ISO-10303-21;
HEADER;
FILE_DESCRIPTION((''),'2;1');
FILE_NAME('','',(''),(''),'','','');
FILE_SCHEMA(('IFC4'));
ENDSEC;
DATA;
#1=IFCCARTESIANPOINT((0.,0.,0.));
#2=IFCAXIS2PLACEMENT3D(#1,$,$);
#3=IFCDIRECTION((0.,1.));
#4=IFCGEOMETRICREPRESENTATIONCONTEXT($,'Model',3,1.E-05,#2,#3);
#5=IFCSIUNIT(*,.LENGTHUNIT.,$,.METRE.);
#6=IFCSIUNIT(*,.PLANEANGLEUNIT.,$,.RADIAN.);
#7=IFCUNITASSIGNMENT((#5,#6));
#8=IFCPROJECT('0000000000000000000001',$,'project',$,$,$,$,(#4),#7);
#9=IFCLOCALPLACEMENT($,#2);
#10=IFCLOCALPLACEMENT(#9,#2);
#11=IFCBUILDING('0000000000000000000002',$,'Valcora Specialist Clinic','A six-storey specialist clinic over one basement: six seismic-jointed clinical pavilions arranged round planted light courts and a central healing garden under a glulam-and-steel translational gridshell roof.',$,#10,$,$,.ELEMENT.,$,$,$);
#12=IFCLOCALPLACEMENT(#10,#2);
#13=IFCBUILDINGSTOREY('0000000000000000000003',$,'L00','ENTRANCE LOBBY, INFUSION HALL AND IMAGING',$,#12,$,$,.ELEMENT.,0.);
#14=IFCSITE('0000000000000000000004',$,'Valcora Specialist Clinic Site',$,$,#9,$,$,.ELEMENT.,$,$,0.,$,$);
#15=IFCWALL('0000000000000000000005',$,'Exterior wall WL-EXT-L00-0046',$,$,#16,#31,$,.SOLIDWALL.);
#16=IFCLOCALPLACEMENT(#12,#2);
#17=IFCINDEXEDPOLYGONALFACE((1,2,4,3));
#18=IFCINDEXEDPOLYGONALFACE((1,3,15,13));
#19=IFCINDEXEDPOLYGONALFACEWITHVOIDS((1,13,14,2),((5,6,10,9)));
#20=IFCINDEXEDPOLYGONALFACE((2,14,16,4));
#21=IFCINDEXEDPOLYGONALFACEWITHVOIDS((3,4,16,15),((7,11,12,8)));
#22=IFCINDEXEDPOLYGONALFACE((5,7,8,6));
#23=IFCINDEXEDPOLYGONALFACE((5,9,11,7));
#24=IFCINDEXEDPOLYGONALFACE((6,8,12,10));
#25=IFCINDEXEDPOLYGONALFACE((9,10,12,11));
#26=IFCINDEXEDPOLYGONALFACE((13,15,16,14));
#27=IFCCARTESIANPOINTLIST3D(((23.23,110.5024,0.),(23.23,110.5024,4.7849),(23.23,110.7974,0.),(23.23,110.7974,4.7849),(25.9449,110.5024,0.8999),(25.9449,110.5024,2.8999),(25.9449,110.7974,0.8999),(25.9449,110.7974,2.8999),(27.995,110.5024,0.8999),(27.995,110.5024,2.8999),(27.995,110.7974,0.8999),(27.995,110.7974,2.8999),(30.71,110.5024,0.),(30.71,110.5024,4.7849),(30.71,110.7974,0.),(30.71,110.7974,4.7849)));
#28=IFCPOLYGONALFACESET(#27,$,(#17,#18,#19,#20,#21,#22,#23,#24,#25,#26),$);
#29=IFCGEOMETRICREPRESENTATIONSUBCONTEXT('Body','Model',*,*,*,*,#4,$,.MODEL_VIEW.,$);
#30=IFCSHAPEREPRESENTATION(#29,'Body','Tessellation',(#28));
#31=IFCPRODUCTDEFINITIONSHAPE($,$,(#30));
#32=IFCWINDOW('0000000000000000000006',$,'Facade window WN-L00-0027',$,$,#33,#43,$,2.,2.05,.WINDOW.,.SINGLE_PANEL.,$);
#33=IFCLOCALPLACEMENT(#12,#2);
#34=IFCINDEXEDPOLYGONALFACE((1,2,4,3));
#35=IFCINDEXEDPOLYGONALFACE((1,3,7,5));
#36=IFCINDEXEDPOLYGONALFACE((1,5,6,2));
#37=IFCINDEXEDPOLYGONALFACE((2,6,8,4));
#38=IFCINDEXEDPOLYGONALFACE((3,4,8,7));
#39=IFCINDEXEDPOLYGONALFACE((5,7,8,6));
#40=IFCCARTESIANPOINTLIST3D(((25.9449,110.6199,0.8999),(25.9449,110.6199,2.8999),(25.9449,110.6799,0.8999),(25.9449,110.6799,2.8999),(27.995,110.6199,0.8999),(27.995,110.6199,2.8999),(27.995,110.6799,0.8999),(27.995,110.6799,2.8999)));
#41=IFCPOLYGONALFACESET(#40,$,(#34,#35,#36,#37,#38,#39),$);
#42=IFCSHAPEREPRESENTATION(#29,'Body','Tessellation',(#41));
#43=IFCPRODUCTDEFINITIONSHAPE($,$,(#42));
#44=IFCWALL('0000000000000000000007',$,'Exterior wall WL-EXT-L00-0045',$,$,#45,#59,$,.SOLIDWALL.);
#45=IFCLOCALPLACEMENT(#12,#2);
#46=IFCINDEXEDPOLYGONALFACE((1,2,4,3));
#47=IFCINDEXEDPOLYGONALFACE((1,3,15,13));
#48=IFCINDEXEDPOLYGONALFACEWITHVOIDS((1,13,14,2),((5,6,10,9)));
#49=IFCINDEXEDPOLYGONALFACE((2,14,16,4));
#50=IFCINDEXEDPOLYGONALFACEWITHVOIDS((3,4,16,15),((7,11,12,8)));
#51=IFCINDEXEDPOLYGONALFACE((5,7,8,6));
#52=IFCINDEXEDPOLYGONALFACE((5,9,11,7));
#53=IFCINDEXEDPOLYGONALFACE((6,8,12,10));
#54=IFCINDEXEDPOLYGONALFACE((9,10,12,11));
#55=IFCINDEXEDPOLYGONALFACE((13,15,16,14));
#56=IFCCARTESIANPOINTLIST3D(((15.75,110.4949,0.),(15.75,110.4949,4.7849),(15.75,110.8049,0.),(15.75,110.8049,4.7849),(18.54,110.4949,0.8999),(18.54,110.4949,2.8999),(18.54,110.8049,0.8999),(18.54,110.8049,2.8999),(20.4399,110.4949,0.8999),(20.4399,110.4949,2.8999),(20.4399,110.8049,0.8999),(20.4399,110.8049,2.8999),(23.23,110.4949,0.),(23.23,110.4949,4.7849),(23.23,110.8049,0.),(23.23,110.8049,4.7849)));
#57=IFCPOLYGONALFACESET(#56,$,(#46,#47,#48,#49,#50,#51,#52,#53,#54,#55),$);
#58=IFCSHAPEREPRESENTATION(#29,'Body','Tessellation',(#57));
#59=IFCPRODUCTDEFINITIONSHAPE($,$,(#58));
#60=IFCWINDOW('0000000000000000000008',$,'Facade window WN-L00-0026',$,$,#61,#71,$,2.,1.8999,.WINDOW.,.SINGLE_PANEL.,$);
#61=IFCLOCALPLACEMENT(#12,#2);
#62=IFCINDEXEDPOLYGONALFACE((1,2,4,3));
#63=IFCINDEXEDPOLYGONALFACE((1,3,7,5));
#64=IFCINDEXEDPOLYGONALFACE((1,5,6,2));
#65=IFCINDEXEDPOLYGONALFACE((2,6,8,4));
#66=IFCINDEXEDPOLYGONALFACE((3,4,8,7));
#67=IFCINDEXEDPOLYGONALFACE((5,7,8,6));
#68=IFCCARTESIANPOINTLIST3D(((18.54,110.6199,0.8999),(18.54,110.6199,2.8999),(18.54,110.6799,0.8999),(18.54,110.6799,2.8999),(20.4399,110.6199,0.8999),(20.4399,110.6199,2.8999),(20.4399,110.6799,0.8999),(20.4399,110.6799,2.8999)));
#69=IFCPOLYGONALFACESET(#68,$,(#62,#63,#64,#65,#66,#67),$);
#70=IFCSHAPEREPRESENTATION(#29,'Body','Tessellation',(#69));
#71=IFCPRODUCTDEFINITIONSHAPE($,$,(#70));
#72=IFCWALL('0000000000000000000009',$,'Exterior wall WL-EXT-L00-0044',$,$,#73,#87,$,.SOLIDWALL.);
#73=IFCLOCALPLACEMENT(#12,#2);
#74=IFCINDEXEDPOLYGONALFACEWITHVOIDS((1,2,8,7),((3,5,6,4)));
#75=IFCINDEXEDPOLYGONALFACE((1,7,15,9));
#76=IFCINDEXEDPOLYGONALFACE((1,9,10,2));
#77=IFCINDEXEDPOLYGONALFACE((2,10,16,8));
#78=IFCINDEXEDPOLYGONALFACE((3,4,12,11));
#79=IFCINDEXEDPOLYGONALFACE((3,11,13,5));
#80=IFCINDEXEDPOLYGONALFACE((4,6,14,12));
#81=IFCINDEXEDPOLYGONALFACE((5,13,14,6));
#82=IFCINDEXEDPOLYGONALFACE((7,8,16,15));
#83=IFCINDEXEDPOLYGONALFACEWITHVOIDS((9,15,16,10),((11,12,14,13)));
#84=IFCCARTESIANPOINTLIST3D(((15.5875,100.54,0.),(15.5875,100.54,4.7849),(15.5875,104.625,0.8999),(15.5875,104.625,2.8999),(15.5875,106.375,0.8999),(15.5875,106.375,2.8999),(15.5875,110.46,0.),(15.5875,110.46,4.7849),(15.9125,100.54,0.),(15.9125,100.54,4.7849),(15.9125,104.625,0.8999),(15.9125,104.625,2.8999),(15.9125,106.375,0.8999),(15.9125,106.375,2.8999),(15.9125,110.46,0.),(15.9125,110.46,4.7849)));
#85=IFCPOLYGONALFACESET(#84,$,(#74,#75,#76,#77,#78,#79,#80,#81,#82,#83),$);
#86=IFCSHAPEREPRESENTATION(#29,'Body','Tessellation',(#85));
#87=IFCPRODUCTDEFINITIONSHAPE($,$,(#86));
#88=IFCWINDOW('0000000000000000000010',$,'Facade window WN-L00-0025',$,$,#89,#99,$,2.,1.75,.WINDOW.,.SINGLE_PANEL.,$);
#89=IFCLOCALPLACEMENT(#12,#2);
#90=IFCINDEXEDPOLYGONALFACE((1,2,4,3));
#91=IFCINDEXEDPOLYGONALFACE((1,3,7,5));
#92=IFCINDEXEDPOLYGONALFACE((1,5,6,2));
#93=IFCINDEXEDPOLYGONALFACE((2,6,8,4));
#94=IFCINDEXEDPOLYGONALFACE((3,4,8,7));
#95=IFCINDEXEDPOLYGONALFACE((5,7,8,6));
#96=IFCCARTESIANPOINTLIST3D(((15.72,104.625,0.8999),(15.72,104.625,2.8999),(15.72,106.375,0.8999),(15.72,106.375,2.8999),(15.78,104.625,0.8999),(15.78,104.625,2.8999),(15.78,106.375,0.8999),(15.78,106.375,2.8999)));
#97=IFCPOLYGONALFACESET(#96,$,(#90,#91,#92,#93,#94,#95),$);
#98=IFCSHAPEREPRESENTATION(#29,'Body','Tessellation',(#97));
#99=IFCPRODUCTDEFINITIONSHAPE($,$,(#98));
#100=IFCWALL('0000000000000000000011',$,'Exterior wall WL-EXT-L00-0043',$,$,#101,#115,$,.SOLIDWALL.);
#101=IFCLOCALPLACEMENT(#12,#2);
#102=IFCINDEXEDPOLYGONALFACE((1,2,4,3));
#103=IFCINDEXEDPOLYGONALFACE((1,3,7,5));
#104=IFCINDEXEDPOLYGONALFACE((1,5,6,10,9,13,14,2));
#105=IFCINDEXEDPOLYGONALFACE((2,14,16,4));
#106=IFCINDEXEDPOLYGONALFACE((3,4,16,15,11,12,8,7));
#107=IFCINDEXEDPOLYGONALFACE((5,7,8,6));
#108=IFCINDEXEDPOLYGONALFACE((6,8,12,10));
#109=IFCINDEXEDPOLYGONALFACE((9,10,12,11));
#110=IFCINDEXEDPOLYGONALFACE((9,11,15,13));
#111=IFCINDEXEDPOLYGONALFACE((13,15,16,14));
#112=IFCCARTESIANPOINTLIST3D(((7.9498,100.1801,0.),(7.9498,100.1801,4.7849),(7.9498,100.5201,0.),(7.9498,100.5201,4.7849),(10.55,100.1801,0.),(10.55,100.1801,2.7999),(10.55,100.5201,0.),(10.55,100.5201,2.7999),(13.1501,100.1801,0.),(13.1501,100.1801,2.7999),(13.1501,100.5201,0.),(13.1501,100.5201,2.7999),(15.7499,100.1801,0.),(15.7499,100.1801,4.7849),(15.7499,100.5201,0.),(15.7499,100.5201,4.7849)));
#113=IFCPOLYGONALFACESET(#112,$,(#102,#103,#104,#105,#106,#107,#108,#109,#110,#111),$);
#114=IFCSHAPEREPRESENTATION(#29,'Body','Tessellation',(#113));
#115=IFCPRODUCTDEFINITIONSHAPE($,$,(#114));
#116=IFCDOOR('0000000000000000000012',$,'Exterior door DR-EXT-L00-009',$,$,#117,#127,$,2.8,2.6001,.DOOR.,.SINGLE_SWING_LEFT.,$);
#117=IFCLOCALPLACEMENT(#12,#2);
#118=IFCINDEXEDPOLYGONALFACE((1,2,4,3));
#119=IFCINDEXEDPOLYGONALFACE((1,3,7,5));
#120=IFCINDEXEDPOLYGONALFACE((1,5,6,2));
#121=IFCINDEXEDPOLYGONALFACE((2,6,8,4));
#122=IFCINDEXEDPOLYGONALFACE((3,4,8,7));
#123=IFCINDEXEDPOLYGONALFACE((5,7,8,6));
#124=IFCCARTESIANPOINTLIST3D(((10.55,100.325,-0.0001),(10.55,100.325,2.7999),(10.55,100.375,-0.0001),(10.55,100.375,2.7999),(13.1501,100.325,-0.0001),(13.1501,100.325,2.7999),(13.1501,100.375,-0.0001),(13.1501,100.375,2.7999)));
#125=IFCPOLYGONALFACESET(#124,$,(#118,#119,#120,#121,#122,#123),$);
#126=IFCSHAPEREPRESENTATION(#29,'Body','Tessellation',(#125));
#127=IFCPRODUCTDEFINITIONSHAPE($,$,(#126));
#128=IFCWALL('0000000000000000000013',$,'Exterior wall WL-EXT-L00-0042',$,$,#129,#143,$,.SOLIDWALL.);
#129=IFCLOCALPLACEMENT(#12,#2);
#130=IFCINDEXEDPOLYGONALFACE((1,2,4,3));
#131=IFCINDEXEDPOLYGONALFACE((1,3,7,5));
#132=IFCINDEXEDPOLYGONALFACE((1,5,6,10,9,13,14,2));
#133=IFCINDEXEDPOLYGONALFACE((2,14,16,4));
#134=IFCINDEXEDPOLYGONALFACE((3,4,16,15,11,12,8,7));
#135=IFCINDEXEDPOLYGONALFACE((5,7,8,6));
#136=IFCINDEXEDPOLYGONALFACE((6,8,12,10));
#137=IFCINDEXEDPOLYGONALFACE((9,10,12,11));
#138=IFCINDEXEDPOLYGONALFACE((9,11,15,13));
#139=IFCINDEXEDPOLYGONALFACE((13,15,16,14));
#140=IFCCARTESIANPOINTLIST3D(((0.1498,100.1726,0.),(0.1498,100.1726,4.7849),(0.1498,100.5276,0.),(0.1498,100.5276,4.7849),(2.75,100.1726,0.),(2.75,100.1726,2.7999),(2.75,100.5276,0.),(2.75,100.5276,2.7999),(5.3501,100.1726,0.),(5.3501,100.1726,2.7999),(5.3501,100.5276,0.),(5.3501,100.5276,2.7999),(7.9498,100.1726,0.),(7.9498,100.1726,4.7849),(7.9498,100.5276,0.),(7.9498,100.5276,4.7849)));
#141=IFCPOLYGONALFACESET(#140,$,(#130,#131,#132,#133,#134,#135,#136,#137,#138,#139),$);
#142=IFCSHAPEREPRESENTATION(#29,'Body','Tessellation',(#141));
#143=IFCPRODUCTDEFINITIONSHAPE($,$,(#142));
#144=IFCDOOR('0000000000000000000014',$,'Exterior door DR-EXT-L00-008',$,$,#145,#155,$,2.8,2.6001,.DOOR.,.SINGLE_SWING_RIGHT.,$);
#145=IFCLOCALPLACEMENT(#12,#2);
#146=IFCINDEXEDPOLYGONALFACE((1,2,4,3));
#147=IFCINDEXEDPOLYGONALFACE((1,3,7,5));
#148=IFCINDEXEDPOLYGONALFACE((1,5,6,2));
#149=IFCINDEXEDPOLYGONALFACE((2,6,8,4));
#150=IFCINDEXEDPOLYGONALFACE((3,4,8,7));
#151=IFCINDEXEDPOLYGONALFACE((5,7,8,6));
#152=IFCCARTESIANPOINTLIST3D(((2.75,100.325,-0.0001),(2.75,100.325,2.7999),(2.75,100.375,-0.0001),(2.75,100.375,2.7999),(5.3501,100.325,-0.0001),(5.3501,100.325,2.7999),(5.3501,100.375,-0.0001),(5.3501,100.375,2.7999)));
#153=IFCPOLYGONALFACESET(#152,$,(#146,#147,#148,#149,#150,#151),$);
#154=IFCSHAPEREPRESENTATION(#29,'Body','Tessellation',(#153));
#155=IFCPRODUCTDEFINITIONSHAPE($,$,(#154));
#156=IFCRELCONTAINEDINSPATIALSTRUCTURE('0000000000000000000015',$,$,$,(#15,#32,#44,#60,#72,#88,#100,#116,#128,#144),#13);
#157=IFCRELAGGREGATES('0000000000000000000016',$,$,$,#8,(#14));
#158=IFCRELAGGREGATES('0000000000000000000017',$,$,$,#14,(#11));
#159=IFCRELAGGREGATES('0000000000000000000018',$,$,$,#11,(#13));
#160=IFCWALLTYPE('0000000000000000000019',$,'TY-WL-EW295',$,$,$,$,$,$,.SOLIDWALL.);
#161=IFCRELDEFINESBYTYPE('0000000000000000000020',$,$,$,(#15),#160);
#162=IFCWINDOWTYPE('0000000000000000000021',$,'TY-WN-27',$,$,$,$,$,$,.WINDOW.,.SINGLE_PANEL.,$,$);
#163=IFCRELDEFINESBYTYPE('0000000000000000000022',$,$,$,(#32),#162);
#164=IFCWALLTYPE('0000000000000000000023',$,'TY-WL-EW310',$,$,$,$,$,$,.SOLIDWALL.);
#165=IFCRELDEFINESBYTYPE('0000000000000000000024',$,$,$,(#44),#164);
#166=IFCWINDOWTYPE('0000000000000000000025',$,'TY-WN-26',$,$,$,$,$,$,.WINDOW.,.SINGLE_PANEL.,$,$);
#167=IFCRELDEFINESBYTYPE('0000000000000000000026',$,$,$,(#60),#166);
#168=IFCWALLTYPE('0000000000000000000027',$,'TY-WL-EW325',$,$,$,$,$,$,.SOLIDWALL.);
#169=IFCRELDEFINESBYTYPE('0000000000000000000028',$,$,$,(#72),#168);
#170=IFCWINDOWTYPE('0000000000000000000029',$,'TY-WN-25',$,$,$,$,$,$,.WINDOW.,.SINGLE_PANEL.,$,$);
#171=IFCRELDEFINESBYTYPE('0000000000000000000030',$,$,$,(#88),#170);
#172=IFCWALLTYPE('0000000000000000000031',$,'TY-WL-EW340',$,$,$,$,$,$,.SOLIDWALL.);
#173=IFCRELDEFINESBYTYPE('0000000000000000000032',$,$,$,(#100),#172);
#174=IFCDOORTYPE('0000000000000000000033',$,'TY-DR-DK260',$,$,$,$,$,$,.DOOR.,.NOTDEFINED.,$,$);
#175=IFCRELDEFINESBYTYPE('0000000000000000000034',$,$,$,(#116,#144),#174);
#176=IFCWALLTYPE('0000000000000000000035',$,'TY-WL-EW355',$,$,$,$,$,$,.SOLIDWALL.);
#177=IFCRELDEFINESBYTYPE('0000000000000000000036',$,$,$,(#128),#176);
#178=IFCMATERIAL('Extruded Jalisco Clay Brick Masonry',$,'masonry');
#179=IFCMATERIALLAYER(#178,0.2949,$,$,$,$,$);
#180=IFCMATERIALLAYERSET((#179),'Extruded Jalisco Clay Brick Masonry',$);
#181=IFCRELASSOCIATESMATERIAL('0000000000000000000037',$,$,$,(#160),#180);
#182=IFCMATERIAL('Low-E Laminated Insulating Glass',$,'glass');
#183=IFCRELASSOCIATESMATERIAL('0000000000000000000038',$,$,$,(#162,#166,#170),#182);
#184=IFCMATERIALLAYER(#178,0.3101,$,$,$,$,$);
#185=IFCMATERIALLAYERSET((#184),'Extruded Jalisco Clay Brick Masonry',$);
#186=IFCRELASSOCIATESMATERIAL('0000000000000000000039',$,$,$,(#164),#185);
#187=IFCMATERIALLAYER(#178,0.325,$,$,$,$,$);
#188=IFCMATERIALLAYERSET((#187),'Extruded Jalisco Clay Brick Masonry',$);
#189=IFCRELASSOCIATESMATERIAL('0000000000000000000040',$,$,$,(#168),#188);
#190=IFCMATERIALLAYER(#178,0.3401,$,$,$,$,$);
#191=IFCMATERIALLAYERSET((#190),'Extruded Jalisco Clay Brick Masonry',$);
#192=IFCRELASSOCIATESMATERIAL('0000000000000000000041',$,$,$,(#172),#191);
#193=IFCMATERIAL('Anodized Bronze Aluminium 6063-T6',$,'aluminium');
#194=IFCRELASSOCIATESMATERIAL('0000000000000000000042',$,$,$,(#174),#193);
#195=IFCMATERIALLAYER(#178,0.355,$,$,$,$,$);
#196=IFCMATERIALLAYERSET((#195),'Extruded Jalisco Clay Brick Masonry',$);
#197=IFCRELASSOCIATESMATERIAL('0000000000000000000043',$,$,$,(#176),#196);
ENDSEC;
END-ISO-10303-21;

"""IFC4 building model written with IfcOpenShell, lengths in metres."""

from ifc_helpers import new_model, si_unit, direction, frame, frame_2d, origin, place, context, subcontext, project, spatial, rectangle, extrude, material, layer, layer_set, type_object, element, fill, save


model = new_model("IFC4")

# Units and contexts
model_context = context("Model", 3, precision=1e-05, world=origin(), true_north=direction((0.0, 1.0)))
body_context = subcontext(model_context, "Body", "Model", "MODEL_VIEW")
ifc_project = project(units=[si_unit("LENGTHUNIT", "METRE"), si_unit("PLANEANGLEUNIT", "RADIAN")], contexts=[model_context])

# Site, building, storey
site_placement = place(None, origin())
site = spatial("IfcSite", under=ifc_project, at=site_placement, Name="Valcora Specialist Clinic Site", CompositionType="ELEMENT", RefElevation=0.0)
building_placement = place(site_placement, origin())
building = spatial("IfcBuilding", under=site, at=building_placement, Name="Valcora Specialist Clinic", Description="A six-storey specialist clinic over one basement: six seismic-jointed clinical pavilions arranged round planted light courts and a central healing garden under a glulam-and-steel translational gridshell roof.", CompositionType="ELEMENT")
storey_placement = place(building_placement, origin())
storey = spatial("IfcBuildingStorey", under=building, at=storey_placement, Name="L00", Description="ENTRANCE LOBBY, INFUSION HALL AND IMAGING", CompositionType="ELEMENT", Elevation=0.0)

# Walls, openings, windows
ifc_material_1 = material(Name="Extruded Jalisco Clay Brick Masonry", Category="masonry")
ifc_layer_1 = layer(ifc_material_1, 0.2949)
ifc_layer_set_1 = layer_set([ifc_layer_1], Name="Extruded Jalisco Clay Brick Masonry")
wall_type_1 = type_object("IfcWallType", Name="TY-WL-EW295", PredefinedType="SOLIDWALL", material=ifc_layer_set_1)
wall_1_placement = place(storey_placement, frame((23.23, 110.6499, 0.0), z_axis=(0.0, 0.0, 1.0), x_axis=(1.0, 0.0, 0.0)))
wall_1 = element("IfcWall", 1, at=wall_1_placement, inside=storey, type_object=wall_type_1, Name="Exterior wall WL-EXT-L00-0046", PredefinedType="SOLIDWALL", context=body_context, shape_type="SweptSolid", body=[
    extrude(rectangle(XDim=7.48, YDim=0.2949, at=frame_2d((3.74, 0.0))), origin(), (0.0, 0.0, 1.0), 4.7849),
])
opening_1_placement = place(wall_1_placement, frame((2.7151, 0.0, 0.8999)))
opening_1 = element("IfcOpeningElement", 2, at=opening_1_placement, cuts=wall_1, PredefinedType="OPENING", context=body_context, shape_type="SweptSolid", body=[
    extrude(rectangle(XDim=2.05, YDim=2.0, at=frame_2d((1.0249, 1.0))), frame((0.0, 0.1575, 0.0), z_axis=(0.0, -1.0, 0.0), x_axis=(1.0, 0.0, 0.0)), (0.0, 0.0, 1.0), 0.3149),
])
ifc_material_2 = material(Name="Low-E Laminated Insulating Glass", Category="glass")
window_type_1 = type_object("IfcWindowType", Name="TY-WN-27", PartitioningType="SINGLE_PANEL", PredefinedType="WINDOW", material=ifc_material_2)
window_1_placement = place(opening_1_placement, origin())
window_1 = element("IfcWindow", 3, at=window_1_placement, inside=storey, type_object=window_type_1, Name="Facade window WN-L00-0027", OverallHeight=2.0, OverallWidth=2.05, PartitioningType="SINGLE_PANEL", PredefinedType="WINDOW", context=body_context, shape_type="SweptSolid", body=[
    extrude(rectangle(XDim=2.05, YDim=2.0, at=frame_2d((1.0249, 1.0))), frame((0.0, 0.03, 0.0), z_axis=(0.0, -1.0, 0.0), x_axis=(1.0, 0.0, 0.0)), (0.0, 0.0, 1.0), 0.0601),
])
fill(opening_1, window_1)
ifc_layer_2 = layer(ifc_material_1, 0.3101)
ifc_layer_set_2 = layer_set([ifc_layer_2], Name="Extruded Jalisco Clay Brick Masonry")
wall_type_2 = type_object("IfcWallType", Name="TY-WL-EW310", PredefinedType="SOLIDWALL", material=ifc_layer_set_2)
wall_2_placement = place(storey_placement, frame((15.75, 110.6499, 0.0), z_axis=(0.0, 0.0, 1.0), x_axis=(1.0, 0.0, 0.0)))
wall_2 = element("IfcWall", 4, at=wall_2_placement, inside=storey, type_object=wall_type_2, Name="Exterior wall WL-EXT-L00-0045", PredefinedType="SOLIDWALL", context=body_context, shape_type="SweptSolid", body=[
    extrude(rectangle(XDim=7.48, YDim=0.3101, at=frame_2d((3.74, 0.0))), origin(), (0.0, 0.0, 1.0), 4.7849),
])
opening_2_placement = place(wall_2_placement, frame((2.79, 0.0, 0.8999)))
opening_2 = element("IfcOpeningElement", 5, at=opening_2_placement, cuts=wall_2, PredefinedType="OPENING", context=body_context, shape_type="SweptSolid", body=[
    extrude(rectangle(XDim=1.8999, YDim=2.0, at=frame_2d((0.95, 1.0))), frame((0.0, 0.165, 0.0), z_axis=(0.0, -1.0, 0.0), x_axis=(1.0, 0.0, 0.0)), (0.0, 0.0, 1.0), 0.3301),
])
window_type_2 = type_object("IfcWindowType", Name="TY-WN-26", PartitioningType="SINGLE_PANEL", PredefinedType="WINDOW", material=ifc_material_2)
window_2_placement = place(opening_2_placement, origin())
window_2 = element("IfcWindow", 6, at=window_2_placement, inside=storey, type_object=window_type_2, Name="Facade window WN-L00-0026", OverallHeight=2.0, OverallWidth=1.8999, PartitioningType="SINGLE_PANEL", PredefinedType="WINDOW", context=body_context, shape_type="SweptSolid", body=[
    extrude(rectangle(XDim=1.8999, YDim=2.0, at=frame_2d((0.95, 1.0))), frame((0.0, 0.03, 0.0), z_axis=(0.0, -1.0, 0.0), x_axis=(1.0, 0.0, 0.0)), (0.0, 0.0, 1.0), 0.0601),
])
fill(opening_2, window_2)
ifc_layer_3 = layer(ifc_material_1, 0.325)
ifc_layer_set_3 = layer_set([ifc_layer_3], Name="Extruded Jalisco Clay Brick Masonry")
wall_type_3 = type_object("IfcWallType", Name="TY-WL-EW325", PredefinedType="SOLIDWALL", material=ifc_layer_set_3)
wall_3_placement = place(storey_placement, frame((15.75, 100.54, 0.0), z_axis=(0.0, 0.0, 1.0), x_axis=(0.0, 1.0, 0.0)))
wall_3 = element("IfcWall", 7, at=wall_3_placement, inside=storey, type_object=wall_type_3, Name="Exterior wall WL-EXT-L00-0044", PredefinedType="SOLIDWALL", context=body_context, shape_type="SweptSolid", body=[
    extrude(rectangle(XDim=9.9199, YDim=0.325, at=frame_2d((4.96, 0.0))), origin(), (0.0, 0.0, 1.0), 4.7849),
])
opening_3_placement = place(wall_3_placement, frame((4.085, 0.0, 0.8999)))
opening_3 = element("IfcOpeningElement", 8, at=opening_3_placement, cuts=wall_3, PredefinedType="OPENING", context=body_context, shape_type="SweptSolid", body=[
    extrude(rectangle(XDim=1.75, YDim=2.0, at=frame_2d((0.875, 1.0))), frame((0.0, 0.1724, 0.0), z_axis=(0.0, -1.0, 0.0), x_axis=(1.0, 0.0, 0.0)), (0.0, 0.0, 1.0), 0.345),
])
window_type_3 = type_object("IfcWindowType", Name="TY-WN-25", PartitioningType="SINGLE_PANEL", PredefinedType="WINDOW", material=ifc_material_2)
window_3_placement = place(opening_3_placement, origin())
window_3 = element("IfcWindow", 9, at=window_3_placement, inside=storey, type_object=window_type_3, Name="Facade window WN-L00-0025", OverallHeight=2.0, OverallWidth=1.75, PartitioningType="SINGLE_PANEL", PredefinedType="WINDOW", context=body_context, shape_type="SweptSolid", body=[
    extrude(rectangle(XDim=1.75, YDim=2.0, at=frame_2d((0.875, 1.0))), frame((0.0, 0.03, 0.0), z_axis=(0.0, -1.0, 0.0), x_axis=(1.0, 0.0, 0.0)), (0.0, 0.0, 1.0), 0.0601),
])
fill(opening_3, window_3)

# Walls, openings, doors
ifc_layer_4 = layer(ifc_material_1, 0.3401)
ifc_layer_set_4 = layer_set([ifc_layer_4], Name="Extruded Jalisco Clay Brick Masonry")
wall_type_4 = type_object("IfcWallType", Name="TY-WL-EW340", PredefinedType="SOLIDWALL", material=ifc_layer_set_4)
wall_4_placement = place(storey_placement, frame((7.95, 100.3501, 0.0), z_axis=(0.0, 0.0, 1.0), x_axis=(1.0, 0.0, 0.0)))
wall_4 = element("IfcWall", 10, at=wall_4_placement, inside=storey, type_object=wall_type_4, Name="Exterior wall WL-EXT-L00-0043", PredefinedType="SOLIDWALL", context=body_context, shape_type="SweptSolid", body=[
    extrude(rectangle(XDim=7.8, YDim=0.3401, at=frame_2d((3.8999, 0.0))), origin(), (0.0, 0.0, 1.0), 4.7849),
])
opening_4_placement = place(wall_4_placement, frame((2.6001, 0.0, 0.0)))
opening_4 = element("IfcOpeningElement", 11, at=opening_4_placement, cuts=wall_4, PredefinedType="OPENING", context=body_context, shape_type="SweptSolid", body=[
    extrude(rectangle(XDim=2.6001, YDim=2.8, at=frame_2d((1.3, 1.3999))), frame((0.0, 0.1799, 0.0), z_axis=(0.0, -1.0, 0.0), x_axis=(1.0, 0.0, 0.0)), (0.0, 0.0, 1.0), 0.3601),
])
ifc_material_3 = material(Name="Anodized Bronze Aluminium 6063-T6", Category="aluminium")
door_type_1 = type_object("IfcDoorType", Name="TY-DR-DK260", OperationType="NOTDEFINED", PredefinedType="DOOR", material=ifc_material_3)
door_1_placement = place(opening_4_placement, origin())
door_1 = element("IfcDoor", 12, at=door_1_placement, inside=storey, type_object=door_type_1, Name="Exterior door DR-EXT-L00-009", OperationType="SINGLE_SWING_LEFT", OverallHeight=2.8, OverallWidth=2.6001, PredefinedType="DOOR", context=body_context, shape_type="SweptSolid", body=[
    extrude(rectangle(XDim=2.6001, YDim=2.8, at=frame_2d((1.3, 1.3999))), frame((0.0, 0.0249, 0.0), z_axis=(0.0, -1.0, 0.0), x_axis=(1.0, 0.0, 0.0)), (0.0, 0.0, 1.0), 0.05),
])
fill(opening_4, door_1)
ifc_layer_5 = layer(ifc_material_1, 0.355)
ifc_layer_set_5 = layer_set([ifc_layer_5], Name="Extruded Jalisco Clay Brick Masonry")
wall_type_5 = type_object("IfcWallType", Name="TY-WL-EW355", PredefinedType="SOLIDWALL", material=ifc_layer_set_5)
wall_5_placement = place(storey_placement, frame((0.1499, 100.3501, 0.0), z_axis=(0.0, 0.0, 1.0), x_axis=(1.0, 0.0, 0.0)))
wall_5 = element("IfcWall", 13, at=wall_5_placement, inside=storey, type_object=wall_type_5, Name="Exterior wall WL-EXT-L00-0042", PredefinedType="SOLIDWALL", context=body_context, shape_type="SweptSolid", body=[
    extrude(rectangle(XDim=7.8, YDim=0.355, at=frame_2d((3.8999, 0.0))), origin(), (0.0, 0.0, 1.0), 4.7849),
])
opening_5_placement = place(wall_5_placement, frame((2.6001, 0.0, 0.0)))
opening_5 = element("IfcOpeningElement", 14, at=opening_5_placement, cuts=wall_5, PredefinedType="OPENING", context=body_context, shape_type="SweptSolid", body=[
    extrude(rectangle(XDim=2.6001, YDim=2.8, at=frame_2d((1.3, 1.3999))), frame((0.0, 0.1875, 0.0), z_axis=(0.0, -1.0, 0.0), x_axis=(1.0, 0.0, 0.0)), (0.0, 0.0, 1.0), 0.375),
])
door_2_placement = place(opening_5_placement, origin())
door_2 = element("IfcDoor", 15, at=door_2_placement, inside=storey, type_object=door_type_1, Name="Exterior door DR-EXT-L00-008", OperationType="SINGLE_SWING_RIGHT", OverallHeight=2.8, OverallWidth=2.6001, PredefinedType="DOOR", context=body_context, shape_type="SweptSolid", body=[
    extrude(rectangle(XDim=2.6001, YDim=2.8, at=frame_2d((1.3, 1.3999))), frame((0.0, 0.0249, 0.0), z_axis=(0.0, -1.0, 0.0), x_axis=(1.0, 0.0, 0.0)), (0.0, 0.0, 1.0), 0.05),
])
fill(opening_5, door_2)

save(model, "model.ifc")
